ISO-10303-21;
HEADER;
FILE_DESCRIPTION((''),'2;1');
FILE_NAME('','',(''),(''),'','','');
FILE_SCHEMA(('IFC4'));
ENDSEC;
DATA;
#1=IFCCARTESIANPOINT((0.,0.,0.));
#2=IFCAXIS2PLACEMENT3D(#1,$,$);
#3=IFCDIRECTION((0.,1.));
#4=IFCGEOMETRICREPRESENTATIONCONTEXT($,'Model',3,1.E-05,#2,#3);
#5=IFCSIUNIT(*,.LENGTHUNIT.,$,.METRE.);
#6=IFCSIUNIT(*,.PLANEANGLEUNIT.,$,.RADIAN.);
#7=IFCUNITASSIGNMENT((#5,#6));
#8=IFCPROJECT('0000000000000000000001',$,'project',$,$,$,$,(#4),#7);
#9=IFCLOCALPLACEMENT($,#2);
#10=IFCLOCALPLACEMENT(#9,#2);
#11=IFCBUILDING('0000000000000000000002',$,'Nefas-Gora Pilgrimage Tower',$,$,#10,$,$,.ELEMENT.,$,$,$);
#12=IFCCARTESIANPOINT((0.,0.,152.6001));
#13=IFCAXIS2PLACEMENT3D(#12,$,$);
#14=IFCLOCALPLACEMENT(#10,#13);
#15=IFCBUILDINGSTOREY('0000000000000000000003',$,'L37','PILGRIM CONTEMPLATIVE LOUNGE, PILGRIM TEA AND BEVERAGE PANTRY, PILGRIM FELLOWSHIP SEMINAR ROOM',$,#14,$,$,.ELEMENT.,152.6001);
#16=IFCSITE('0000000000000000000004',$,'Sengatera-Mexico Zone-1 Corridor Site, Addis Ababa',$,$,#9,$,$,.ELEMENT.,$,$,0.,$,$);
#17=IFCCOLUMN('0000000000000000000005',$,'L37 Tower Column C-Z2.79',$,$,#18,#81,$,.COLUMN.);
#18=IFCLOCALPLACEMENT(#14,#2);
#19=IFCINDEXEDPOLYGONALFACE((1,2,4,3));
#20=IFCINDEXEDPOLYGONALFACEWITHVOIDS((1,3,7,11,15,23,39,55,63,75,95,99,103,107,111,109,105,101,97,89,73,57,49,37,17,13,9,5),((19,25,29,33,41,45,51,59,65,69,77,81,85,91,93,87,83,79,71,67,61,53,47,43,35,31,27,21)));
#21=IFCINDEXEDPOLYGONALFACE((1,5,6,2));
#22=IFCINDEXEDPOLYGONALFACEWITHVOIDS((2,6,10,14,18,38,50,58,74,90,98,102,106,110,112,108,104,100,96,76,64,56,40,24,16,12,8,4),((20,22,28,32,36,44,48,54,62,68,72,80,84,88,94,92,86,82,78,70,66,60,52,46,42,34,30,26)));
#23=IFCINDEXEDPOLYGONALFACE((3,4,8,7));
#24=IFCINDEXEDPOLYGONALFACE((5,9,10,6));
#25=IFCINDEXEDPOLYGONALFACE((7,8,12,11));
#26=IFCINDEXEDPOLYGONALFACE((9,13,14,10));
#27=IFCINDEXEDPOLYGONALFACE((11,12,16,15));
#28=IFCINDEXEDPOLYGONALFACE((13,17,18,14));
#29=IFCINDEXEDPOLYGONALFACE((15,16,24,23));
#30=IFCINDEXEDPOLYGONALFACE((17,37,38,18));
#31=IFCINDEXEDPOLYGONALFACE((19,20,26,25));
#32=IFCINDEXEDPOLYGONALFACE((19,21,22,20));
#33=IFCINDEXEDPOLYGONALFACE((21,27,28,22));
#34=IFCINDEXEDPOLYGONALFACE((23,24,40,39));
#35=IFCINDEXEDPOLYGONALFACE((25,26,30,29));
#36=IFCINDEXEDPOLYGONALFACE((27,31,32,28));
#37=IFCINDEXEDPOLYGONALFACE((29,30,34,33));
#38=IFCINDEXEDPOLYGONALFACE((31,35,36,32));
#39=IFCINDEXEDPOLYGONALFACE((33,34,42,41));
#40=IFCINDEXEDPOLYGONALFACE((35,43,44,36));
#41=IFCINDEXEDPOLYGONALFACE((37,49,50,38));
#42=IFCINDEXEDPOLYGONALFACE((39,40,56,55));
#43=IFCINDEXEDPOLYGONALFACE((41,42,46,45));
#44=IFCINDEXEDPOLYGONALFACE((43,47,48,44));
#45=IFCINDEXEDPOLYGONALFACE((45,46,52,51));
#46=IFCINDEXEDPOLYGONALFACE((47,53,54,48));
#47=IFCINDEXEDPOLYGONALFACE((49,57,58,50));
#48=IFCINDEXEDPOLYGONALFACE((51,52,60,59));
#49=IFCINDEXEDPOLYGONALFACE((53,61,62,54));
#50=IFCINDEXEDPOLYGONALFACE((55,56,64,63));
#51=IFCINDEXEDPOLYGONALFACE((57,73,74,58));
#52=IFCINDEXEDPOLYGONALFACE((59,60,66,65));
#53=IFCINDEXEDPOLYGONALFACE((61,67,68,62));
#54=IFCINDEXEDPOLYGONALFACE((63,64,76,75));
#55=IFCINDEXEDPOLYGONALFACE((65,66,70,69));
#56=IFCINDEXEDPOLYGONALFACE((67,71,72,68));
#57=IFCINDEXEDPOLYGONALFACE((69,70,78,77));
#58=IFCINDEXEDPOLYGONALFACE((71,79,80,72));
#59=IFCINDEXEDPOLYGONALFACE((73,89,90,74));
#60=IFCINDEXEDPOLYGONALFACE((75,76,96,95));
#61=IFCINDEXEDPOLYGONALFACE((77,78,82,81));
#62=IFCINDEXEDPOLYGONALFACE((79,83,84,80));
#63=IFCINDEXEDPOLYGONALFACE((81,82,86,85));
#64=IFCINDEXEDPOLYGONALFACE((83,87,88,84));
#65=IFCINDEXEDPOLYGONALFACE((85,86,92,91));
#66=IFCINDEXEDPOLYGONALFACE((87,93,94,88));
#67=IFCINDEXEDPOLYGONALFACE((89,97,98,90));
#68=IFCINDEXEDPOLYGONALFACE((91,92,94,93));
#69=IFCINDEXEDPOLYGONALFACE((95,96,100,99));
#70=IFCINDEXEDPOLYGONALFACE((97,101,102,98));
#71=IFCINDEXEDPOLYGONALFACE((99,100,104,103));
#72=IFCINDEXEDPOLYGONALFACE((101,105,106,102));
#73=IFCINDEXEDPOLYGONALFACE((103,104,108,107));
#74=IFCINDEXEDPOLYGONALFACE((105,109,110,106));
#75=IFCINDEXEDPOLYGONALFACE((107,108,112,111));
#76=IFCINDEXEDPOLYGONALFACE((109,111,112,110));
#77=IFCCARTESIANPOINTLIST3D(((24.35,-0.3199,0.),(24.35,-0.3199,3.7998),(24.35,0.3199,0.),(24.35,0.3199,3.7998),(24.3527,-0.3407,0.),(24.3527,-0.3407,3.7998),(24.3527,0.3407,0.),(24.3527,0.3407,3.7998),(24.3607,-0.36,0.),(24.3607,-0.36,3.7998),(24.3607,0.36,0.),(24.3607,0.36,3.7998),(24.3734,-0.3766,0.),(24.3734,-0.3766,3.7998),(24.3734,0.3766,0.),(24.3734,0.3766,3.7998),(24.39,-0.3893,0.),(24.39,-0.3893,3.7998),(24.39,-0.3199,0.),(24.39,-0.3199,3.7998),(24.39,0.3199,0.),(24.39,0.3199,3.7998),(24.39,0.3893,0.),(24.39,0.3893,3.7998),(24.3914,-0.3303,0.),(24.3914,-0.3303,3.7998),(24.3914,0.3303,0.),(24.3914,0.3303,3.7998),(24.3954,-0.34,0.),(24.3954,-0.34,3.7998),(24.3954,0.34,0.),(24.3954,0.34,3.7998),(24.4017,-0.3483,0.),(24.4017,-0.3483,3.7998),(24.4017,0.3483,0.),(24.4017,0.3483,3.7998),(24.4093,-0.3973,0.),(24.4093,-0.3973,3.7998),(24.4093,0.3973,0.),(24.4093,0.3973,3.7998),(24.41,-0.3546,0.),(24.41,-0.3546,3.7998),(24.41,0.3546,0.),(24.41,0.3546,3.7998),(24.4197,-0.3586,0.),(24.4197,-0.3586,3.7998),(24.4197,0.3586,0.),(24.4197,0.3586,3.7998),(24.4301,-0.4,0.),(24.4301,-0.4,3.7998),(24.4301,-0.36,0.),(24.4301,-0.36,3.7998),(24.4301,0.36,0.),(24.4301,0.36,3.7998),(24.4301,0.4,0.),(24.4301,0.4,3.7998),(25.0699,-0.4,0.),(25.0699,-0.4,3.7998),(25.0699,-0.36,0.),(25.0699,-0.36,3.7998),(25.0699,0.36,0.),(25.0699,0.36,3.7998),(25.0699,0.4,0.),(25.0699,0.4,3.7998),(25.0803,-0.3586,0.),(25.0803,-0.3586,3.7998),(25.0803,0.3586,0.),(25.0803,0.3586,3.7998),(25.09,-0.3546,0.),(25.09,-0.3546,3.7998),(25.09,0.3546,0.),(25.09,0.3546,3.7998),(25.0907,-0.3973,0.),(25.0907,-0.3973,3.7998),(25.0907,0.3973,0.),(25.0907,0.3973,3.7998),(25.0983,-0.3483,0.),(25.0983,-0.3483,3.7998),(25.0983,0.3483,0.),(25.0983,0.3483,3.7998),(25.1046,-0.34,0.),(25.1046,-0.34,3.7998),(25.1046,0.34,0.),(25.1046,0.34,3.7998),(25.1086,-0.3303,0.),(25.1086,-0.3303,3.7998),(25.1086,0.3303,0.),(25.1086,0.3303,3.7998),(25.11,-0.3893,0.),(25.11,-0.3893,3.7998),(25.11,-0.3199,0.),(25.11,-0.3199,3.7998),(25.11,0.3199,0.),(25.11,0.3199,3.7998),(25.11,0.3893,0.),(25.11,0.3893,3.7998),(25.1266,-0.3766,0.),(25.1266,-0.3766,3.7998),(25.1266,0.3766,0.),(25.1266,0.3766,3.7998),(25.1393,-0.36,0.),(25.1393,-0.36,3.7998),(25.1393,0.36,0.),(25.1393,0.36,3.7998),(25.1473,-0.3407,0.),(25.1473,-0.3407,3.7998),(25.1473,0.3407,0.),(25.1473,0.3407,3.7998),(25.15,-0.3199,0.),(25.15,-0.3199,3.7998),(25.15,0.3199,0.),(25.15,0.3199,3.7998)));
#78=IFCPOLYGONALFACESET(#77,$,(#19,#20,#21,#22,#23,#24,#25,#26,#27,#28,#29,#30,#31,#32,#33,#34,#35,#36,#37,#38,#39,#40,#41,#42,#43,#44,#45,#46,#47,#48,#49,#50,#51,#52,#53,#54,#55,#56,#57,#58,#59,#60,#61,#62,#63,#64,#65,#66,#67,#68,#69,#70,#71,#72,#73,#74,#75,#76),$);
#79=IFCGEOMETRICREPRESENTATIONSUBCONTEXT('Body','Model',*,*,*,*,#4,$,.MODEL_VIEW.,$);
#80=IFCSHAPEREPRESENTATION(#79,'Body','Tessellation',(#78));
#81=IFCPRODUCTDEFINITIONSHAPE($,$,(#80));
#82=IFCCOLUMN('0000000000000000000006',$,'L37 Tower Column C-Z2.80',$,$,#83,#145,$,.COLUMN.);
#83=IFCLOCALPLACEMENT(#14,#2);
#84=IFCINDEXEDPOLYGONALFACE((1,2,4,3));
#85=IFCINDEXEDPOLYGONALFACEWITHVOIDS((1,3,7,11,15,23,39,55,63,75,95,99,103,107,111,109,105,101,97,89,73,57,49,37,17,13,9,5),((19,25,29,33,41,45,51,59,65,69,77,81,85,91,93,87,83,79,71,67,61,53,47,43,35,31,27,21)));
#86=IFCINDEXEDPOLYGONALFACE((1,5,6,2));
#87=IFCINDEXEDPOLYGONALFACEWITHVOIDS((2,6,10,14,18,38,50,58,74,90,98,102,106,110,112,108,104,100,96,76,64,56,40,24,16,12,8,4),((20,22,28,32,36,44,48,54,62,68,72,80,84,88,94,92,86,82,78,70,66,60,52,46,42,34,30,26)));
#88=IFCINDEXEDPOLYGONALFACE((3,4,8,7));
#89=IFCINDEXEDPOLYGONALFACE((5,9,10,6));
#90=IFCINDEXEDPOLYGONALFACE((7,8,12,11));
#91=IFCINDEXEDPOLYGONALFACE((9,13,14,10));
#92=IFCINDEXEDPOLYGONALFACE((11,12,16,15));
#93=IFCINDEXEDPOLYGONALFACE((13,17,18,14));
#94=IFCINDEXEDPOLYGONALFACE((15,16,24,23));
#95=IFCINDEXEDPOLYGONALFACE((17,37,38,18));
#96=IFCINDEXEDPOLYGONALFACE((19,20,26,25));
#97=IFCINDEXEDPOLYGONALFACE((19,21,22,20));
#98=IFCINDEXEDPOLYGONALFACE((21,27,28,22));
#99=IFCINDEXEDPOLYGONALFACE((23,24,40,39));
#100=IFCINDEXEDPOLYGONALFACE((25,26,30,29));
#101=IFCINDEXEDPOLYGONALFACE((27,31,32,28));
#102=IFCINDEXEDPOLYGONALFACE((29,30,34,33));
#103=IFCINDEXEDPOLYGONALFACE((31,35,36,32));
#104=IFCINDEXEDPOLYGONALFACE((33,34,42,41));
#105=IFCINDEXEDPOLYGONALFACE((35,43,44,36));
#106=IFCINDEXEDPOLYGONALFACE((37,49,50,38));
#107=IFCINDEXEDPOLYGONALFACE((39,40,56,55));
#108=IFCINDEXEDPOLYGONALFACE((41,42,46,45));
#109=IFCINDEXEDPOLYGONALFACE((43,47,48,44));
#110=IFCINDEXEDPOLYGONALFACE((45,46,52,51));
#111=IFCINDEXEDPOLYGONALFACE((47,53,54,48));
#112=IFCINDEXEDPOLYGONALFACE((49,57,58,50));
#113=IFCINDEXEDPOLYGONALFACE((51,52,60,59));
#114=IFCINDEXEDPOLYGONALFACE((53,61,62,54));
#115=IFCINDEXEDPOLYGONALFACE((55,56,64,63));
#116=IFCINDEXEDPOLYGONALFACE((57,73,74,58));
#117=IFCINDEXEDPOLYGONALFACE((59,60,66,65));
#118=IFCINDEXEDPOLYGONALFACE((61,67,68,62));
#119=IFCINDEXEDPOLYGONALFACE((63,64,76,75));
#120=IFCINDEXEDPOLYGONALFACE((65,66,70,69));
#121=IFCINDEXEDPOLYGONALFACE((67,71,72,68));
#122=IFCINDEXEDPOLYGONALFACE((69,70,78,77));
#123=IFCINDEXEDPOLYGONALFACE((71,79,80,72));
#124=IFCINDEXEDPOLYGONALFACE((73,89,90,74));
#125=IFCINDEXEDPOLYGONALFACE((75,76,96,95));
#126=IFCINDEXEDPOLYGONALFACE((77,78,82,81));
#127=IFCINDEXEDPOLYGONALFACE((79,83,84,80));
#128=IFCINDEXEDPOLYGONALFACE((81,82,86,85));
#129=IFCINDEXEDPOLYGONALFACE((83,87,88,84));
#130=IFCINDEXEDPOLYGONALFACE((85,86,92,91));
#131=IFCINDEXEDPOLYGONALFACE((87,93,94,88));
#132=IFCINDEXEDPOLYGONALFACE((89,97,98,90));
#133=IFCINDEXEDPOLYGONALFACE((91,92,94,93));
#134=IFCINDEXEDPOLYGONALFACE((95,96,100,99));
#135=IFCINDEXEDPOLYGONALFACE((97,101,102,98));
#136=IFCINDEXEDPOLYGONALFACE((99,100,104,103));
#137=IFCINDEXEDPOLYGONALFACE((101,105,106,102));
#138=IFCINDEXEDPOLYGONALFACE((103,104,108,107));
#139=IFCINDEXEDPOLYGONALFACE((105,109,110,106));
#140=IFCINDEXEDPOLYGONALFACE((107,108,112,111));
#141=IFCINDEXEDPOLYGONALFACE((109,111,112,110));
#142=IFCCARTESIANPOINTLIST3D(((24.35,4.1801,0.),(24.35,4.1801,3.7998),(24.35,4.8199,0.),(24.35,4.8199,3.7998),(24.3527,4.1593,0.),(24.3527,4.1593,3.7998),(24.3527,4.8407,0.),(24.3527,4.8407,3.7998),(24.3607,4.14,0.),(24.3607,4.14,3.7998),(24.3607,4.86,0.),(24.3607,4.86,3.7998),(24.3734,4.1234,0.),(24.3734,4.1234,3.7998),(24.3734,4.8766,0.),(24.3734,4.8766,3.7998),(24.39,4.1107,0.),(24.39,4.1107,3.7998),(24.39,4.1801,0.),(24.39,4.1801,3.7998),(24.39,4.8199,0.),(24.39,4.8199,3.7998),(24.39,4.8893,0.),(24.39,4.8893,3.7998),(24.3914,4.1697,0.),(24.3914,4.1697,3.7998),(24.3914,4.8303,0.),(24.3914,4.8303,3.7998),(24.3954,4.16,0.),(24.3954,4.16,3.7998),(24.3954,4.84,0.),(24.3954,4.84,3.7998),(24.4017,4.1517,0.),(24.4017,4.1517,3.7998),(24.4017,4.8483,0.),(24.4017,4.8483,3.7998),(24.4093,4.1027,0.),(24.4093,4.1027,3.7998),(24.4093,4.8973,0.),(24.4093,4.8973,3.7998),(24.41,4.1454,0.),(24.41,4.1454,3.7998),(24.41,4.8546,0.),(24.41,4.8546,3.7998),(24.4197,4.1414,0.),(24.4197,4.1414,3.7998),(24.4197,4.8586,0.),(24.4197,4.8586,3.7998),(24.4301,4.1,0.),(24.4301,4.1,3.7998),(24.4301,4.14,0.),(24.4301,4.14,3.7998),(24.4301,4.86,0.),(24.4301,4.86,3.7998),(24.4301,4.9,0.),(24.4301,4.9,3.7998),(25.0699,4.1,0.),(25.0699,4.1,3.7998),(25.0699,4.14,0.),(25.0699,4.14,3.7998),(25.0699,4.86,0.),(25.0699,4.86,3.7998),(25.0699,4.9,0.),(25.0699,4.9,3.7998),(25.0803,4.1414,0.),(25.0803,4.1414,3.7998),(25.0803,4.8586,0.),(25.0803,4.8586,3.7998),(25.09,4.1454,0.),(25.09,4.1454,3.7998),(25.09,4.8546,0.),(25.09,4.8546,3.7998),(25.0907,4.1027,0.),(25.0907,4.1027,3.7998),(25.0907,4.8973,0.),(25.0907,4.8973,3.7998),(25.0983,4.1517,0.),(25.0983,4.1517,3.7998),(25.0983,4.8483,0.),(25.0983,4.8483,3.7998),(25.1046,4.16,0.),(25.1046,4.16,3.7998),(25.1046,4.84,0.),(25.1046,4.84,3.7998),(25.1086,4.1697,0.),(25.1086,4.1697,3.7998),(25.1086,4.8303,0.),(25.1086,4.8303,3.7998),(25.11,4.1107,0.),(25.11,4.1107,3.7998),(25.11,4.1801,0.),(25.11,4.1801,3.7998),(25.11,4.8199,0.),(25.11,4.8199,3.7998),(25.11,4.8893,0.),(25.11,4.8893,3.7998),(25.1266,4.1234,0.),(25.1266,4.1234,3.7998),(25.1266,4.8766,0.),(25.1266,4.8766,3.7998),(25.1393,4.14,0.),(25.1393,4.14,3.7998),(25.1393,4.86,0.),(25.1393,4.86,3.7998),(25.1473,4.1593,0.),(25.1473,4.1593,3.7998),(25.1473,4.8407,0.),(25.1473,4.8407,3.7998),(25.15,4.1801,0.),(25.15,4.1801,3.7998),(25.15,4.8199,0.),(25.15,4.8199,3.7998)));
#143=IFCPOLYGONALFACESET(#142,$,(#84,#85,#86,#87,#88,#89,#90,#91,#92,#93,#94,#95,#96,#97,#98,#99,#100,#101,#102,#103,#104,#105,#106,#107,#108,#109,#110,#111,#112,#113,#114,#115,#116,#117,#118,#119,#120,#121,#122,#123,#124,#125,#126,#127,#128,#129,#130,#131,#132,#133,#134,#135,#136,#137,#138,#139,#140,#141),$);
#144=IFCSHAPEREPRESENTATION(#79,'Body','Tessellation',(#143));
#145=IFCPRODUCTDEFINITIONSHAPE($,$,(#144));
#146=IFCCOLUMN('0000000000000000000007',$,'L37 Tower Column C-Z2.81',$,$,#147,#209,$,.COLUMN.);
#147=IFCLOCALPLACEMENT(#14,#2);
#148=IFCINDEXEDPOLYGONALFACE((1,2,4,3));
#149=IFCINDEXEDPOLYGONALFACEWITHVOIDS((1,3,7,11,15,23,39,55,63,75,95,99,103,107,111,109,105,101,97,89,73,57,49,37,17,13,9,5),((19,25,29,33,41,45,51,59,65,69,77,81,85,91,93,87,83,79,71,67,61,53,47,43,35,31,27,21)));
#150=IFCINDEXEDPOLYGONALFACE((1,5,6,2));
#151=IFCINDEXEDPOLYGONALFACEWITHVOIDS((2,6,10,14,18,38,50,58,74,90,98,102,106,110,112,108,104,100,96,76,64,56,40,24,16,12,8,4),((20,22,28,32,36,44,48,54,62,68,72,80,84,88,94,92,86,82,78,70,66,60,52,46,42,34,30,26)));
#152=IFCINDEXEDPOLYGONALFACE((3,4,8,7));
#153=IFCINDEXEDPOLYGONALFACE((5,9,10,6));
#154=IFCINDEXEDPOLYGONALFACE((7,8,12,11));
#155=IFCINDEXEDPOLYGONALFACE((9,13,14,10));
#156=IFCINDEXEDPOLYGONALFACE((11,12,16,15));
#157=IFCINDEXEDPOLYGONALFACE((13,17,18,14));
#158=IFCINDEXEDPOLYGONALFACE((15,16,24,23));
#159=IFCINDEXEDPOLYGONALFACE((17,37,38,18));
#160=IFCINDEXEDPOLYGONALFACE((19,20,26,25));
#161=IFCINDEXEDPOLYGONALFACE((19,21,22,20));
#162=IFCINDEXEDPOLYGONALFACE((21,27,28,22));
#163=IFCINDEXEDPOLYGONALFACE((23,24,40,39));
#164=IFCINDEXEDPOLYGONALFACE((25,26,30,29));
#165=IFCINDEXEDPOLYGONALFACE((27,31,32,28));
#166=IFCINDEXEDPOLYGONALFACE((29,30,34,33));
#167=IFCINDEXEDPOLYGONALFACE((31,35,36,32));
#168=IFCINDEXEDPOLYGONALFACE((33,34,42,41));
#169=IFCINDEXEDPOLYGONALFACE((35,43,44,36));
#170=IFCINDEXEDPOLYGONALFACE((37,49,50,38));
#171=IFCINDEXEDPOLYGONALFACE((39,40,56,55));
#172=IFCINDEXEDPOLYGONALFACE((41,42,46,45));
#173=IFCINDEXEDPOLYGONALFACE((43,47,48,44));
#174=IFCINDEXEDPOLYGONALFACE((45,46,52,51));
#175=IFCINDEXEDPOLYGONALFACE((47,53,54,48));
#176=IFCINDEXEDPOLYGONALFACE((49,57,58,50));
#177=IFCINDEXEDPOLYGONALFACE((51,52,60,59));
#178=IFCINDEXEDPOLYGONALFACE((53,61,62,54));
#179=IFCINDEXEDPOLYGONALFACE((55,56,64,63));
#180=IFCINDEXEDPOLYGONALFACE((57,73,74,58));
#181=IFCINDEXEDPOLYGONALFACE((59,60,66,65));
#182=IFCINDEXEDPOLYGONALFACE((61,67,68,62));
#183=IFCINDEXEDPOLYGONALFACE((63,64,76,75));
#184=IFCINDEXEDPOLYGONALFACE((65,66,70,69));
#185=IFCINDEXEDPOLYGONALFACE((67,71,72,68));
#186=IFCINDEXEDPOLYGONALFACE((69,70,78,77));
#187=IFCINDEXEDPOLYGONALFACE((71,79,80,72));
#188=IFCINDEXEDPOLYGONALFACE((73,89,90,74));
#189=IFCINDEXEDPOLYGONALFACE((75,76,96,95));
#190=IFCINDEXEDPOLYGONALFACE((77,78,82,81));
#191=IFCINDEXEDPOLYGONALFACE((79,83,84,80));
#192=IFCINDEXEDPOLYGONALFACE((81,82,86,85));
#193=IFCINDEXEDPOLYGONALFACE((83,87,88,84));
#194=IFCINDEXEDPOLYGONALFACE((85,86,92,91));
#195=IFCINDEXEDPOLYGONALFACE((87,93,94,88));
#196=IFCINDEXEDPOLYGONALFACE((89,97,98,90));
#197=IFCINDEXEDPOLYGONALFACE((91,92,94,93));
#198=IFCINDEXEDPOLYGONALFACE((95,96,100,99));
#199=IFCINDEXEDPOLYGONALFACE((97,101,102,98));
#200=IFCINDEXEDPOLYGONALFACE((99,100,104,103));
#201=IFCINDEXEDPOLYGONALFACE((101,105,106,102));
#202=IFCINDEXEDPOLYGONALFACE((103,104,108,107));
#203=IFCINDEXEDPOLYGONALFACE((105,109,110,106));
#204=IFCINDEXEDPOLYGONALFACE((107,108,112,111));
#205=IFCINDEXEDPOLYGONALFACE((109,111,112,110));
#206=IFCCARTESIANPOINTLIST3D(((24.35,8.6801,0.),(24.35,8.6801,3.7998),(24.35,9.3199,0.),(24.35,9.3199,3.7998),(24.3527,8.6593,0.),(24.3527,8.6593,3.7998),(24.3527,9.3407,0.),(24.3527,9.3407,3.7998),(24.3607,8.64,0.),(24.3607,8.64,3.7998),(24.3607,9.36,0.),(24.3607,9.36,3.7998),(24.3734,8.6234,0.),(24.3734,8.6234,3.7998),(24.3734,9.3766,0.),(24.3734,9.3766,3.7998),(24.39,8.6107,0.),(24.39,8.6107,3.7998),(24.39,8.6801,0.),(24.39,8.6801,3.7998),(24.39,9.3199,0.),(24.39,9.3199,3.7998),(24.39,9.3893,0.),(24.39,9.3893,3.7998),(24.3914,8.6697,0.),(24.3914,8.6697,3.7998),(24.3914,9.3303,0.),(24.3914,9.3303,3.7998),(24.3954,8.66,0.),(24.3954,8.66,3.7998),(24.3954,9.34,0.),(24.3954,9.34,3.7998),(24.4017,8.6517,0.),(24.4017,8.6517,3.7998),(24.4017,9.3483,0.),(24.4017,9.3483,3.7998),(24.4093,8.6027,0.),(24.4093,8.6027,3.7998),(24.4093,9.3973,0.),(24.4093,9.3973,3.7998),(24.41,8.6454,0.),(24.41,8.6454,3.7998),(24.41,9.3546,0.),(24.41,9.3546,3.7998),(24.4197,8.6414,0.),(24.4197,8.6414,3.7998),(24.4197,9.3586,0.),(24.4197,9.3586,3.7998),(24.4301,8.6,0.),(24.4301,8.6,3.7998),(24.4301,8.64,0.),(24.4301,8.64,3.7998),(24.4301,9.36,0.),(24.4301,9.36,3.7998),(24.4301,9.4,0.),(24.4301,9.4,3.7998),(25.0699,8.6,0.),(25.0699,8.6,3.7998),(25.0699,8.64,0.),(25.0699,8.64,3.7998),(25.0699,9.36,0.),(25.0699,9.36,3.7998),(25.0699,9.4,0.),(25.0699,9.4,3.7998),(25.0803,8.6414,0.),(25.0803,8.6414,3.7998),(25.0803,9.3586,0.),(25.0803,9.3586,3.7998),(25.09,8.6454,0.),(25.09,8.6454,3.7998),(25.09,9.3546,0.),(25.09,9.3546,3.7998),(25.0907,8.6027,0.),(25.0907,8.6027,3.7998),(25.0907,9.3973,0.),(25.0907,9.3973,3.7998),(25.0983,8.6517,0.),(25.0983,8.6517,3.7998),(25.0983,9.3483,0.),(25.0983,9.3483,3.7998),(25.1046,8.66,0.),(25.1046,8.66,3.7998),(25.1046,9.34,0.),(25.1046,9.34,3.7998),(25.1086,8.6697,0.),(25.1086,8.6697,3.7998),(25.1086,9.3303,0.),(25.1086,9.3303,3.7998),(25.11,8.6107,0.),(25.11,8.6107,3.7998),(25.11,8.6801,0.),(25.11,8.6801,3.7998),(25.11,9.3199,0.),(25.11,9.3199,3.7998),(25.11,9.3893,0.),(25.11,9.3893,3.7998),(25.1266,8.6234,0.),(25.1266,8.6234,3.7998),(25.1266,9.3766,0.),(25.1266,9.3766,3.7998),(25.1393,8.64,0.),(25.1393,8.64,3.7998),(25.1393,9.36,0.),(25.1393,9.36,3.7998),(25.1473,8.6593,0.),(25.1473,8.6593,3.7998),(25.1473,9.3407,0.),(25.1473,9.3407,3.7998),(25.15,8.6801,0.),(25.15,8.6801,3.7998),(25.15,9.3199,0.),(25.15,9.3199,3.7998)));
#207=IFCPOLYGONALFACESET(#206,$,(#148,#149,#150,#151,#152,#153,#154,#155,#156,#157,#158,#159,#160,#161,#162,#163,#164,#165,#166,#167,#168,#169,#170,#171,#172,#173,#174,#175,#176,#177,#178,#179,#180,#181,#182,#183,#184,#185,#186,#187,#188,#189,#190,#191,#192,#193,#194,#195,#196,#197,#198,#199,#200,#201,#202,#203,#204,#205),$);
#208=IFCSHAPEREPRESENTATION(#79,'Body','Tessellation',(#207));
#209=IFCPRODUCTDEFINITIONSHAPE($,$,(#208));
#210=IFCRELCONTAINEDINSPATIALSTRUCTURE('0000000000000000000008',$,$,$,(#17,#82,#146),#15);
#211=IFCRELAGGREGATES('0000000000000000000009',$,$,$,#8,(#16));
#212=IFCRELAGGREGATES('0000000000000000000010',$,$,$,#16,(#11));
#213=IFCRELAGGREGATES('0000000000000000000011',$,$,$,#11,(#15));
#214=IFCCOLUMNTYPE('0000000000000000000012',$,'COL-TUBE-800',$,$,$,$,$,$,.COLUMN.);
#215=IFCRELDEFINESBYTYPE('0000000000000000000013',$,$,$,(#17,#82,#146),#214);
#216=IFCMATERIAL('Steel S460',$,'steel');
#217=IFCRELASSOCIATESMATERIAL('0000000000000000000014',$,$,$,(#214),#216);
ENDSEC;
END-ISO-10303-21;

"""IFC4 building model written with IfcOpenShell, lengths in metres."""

from ifc_helpers import new_model, si_unit, direction, frame, origin, origin_2d, place, context, subcontext, project, spatial, hollow_rectangle, extrude, source, transform, mapped, material, material_profile, profile_set, type_object, element, save


model = new_model("IFC4")

# Units and contexts
model_context = context("Model", 3, precision=1e-05, world=origin(), true_north=direction((0.0, 1.0)))
body_context = subcontext(model_context, "Body", "Model", "MODEL_VIEW")
ifc_project = project(units=[si_unit("LENGTHUNIT", "METRE"), si_unit("PLANEANGLEUNIT", "RADIAN")], contexts=[model_context])

# Site, building, storey
site_placement = place(None, origin())
site = spatial("IfcSite", under=ifc_project, at=site_placement, Name="Sengatera-Mexico Zone-1 Corridor Site, Addis Ababa", CompositionType="ELEMENT", RefElevation=0.0)
building_placement = place(site_placement, origin())
building = spatial("IfcBuilding", under=site, at=building_placement, Name="Nefas-Gora Pilgrimage Tower", CompositionType="ELEMENT")
storey_placement = place(building_placement, frame((0.0, 0.0, 152.6001)))
storey = spatial("IfcBuildingStorey", under=building, at=storey_placement, Name="L37", Description="PILGRIM CONTEMPLATIVE LOUNGE, PILGRIM TEA AND BEVERAGE PANTRY, PILGRIM FELLOWSHIP SEMINAR ROOM", CompositionType="ELEMENT", Elevation=152.6001)

# Columns
ifc_material_1 = material(Name="Steel S460", Category="steel")
ifc_material_profile_1 = material_profile(ifc_material_1, hollow_rectangle(XDim=0.8, YDim=0.8, WallThickness=0.04, InnerFilletRadius=0.04, OuterFilletRadius=0.0801, at=origin_2d()), Name="BOX 800x800x40")
ifc_profile_set_1 = profile_set([ifc_material_profile_1], Name="Steel S460")
column_type_1 = type_object("IfcColumnType", Name="COL-TUBE-800", PredefinedType="COLUMN", material=ifc_profile_set_1)
shared_shape_1 = source(origin(), body_context, "Body", "SweptSolid", [
    extrude(hollow_rectangle(XDim=0.8, YDim=0.8, WallThickness=0.04, InnerFilletRadius=0.04, OuterFilletRadius=0.0801, at=origin_2d()), origin(), (0.0, 0.0, 1.0), 3.7998),
])
for number, where, z_axis, x_axis, name in (
    (1, (24.75, 0.0, 0.0), (0.0, 0.0, 1.0), (1.0, 0.0, 0.0), "L37 Tower Column C-Z2.79"),
    (2, (24.75, 4.5, 0.0), (0.0, 0.0, 1.0), (1.0, 0.0, 0.0), "L37 Tower Column C-Z2.80"),
    (3, (24.75, 9.0, 0.0), (0.0, 0.0, 1.0), (1.0, 0.0, 0.0), "L37 Tower Column C-Z2.81"),
):
    element("IfcColumn", number, at=place(storey_placement, frame(where, z_axis=z_axis, x_axis=x_axis)), inside=storey, type_object=column_type_1, Name=name, PredefinedType="COLUMN", context=body_context, shape_type="MappedRepresentation", body=[
        mapped(shared_shape_1, transform((0.0, 0.0, 0.0), x_axis=(1.0, 0.0, 0.0), y_axis=(0.0, 1.0, 0.0), z_axis=(0.0, 0.0, 1.0), scale=1.0)),
    ])

save(model, "model.ifc")
